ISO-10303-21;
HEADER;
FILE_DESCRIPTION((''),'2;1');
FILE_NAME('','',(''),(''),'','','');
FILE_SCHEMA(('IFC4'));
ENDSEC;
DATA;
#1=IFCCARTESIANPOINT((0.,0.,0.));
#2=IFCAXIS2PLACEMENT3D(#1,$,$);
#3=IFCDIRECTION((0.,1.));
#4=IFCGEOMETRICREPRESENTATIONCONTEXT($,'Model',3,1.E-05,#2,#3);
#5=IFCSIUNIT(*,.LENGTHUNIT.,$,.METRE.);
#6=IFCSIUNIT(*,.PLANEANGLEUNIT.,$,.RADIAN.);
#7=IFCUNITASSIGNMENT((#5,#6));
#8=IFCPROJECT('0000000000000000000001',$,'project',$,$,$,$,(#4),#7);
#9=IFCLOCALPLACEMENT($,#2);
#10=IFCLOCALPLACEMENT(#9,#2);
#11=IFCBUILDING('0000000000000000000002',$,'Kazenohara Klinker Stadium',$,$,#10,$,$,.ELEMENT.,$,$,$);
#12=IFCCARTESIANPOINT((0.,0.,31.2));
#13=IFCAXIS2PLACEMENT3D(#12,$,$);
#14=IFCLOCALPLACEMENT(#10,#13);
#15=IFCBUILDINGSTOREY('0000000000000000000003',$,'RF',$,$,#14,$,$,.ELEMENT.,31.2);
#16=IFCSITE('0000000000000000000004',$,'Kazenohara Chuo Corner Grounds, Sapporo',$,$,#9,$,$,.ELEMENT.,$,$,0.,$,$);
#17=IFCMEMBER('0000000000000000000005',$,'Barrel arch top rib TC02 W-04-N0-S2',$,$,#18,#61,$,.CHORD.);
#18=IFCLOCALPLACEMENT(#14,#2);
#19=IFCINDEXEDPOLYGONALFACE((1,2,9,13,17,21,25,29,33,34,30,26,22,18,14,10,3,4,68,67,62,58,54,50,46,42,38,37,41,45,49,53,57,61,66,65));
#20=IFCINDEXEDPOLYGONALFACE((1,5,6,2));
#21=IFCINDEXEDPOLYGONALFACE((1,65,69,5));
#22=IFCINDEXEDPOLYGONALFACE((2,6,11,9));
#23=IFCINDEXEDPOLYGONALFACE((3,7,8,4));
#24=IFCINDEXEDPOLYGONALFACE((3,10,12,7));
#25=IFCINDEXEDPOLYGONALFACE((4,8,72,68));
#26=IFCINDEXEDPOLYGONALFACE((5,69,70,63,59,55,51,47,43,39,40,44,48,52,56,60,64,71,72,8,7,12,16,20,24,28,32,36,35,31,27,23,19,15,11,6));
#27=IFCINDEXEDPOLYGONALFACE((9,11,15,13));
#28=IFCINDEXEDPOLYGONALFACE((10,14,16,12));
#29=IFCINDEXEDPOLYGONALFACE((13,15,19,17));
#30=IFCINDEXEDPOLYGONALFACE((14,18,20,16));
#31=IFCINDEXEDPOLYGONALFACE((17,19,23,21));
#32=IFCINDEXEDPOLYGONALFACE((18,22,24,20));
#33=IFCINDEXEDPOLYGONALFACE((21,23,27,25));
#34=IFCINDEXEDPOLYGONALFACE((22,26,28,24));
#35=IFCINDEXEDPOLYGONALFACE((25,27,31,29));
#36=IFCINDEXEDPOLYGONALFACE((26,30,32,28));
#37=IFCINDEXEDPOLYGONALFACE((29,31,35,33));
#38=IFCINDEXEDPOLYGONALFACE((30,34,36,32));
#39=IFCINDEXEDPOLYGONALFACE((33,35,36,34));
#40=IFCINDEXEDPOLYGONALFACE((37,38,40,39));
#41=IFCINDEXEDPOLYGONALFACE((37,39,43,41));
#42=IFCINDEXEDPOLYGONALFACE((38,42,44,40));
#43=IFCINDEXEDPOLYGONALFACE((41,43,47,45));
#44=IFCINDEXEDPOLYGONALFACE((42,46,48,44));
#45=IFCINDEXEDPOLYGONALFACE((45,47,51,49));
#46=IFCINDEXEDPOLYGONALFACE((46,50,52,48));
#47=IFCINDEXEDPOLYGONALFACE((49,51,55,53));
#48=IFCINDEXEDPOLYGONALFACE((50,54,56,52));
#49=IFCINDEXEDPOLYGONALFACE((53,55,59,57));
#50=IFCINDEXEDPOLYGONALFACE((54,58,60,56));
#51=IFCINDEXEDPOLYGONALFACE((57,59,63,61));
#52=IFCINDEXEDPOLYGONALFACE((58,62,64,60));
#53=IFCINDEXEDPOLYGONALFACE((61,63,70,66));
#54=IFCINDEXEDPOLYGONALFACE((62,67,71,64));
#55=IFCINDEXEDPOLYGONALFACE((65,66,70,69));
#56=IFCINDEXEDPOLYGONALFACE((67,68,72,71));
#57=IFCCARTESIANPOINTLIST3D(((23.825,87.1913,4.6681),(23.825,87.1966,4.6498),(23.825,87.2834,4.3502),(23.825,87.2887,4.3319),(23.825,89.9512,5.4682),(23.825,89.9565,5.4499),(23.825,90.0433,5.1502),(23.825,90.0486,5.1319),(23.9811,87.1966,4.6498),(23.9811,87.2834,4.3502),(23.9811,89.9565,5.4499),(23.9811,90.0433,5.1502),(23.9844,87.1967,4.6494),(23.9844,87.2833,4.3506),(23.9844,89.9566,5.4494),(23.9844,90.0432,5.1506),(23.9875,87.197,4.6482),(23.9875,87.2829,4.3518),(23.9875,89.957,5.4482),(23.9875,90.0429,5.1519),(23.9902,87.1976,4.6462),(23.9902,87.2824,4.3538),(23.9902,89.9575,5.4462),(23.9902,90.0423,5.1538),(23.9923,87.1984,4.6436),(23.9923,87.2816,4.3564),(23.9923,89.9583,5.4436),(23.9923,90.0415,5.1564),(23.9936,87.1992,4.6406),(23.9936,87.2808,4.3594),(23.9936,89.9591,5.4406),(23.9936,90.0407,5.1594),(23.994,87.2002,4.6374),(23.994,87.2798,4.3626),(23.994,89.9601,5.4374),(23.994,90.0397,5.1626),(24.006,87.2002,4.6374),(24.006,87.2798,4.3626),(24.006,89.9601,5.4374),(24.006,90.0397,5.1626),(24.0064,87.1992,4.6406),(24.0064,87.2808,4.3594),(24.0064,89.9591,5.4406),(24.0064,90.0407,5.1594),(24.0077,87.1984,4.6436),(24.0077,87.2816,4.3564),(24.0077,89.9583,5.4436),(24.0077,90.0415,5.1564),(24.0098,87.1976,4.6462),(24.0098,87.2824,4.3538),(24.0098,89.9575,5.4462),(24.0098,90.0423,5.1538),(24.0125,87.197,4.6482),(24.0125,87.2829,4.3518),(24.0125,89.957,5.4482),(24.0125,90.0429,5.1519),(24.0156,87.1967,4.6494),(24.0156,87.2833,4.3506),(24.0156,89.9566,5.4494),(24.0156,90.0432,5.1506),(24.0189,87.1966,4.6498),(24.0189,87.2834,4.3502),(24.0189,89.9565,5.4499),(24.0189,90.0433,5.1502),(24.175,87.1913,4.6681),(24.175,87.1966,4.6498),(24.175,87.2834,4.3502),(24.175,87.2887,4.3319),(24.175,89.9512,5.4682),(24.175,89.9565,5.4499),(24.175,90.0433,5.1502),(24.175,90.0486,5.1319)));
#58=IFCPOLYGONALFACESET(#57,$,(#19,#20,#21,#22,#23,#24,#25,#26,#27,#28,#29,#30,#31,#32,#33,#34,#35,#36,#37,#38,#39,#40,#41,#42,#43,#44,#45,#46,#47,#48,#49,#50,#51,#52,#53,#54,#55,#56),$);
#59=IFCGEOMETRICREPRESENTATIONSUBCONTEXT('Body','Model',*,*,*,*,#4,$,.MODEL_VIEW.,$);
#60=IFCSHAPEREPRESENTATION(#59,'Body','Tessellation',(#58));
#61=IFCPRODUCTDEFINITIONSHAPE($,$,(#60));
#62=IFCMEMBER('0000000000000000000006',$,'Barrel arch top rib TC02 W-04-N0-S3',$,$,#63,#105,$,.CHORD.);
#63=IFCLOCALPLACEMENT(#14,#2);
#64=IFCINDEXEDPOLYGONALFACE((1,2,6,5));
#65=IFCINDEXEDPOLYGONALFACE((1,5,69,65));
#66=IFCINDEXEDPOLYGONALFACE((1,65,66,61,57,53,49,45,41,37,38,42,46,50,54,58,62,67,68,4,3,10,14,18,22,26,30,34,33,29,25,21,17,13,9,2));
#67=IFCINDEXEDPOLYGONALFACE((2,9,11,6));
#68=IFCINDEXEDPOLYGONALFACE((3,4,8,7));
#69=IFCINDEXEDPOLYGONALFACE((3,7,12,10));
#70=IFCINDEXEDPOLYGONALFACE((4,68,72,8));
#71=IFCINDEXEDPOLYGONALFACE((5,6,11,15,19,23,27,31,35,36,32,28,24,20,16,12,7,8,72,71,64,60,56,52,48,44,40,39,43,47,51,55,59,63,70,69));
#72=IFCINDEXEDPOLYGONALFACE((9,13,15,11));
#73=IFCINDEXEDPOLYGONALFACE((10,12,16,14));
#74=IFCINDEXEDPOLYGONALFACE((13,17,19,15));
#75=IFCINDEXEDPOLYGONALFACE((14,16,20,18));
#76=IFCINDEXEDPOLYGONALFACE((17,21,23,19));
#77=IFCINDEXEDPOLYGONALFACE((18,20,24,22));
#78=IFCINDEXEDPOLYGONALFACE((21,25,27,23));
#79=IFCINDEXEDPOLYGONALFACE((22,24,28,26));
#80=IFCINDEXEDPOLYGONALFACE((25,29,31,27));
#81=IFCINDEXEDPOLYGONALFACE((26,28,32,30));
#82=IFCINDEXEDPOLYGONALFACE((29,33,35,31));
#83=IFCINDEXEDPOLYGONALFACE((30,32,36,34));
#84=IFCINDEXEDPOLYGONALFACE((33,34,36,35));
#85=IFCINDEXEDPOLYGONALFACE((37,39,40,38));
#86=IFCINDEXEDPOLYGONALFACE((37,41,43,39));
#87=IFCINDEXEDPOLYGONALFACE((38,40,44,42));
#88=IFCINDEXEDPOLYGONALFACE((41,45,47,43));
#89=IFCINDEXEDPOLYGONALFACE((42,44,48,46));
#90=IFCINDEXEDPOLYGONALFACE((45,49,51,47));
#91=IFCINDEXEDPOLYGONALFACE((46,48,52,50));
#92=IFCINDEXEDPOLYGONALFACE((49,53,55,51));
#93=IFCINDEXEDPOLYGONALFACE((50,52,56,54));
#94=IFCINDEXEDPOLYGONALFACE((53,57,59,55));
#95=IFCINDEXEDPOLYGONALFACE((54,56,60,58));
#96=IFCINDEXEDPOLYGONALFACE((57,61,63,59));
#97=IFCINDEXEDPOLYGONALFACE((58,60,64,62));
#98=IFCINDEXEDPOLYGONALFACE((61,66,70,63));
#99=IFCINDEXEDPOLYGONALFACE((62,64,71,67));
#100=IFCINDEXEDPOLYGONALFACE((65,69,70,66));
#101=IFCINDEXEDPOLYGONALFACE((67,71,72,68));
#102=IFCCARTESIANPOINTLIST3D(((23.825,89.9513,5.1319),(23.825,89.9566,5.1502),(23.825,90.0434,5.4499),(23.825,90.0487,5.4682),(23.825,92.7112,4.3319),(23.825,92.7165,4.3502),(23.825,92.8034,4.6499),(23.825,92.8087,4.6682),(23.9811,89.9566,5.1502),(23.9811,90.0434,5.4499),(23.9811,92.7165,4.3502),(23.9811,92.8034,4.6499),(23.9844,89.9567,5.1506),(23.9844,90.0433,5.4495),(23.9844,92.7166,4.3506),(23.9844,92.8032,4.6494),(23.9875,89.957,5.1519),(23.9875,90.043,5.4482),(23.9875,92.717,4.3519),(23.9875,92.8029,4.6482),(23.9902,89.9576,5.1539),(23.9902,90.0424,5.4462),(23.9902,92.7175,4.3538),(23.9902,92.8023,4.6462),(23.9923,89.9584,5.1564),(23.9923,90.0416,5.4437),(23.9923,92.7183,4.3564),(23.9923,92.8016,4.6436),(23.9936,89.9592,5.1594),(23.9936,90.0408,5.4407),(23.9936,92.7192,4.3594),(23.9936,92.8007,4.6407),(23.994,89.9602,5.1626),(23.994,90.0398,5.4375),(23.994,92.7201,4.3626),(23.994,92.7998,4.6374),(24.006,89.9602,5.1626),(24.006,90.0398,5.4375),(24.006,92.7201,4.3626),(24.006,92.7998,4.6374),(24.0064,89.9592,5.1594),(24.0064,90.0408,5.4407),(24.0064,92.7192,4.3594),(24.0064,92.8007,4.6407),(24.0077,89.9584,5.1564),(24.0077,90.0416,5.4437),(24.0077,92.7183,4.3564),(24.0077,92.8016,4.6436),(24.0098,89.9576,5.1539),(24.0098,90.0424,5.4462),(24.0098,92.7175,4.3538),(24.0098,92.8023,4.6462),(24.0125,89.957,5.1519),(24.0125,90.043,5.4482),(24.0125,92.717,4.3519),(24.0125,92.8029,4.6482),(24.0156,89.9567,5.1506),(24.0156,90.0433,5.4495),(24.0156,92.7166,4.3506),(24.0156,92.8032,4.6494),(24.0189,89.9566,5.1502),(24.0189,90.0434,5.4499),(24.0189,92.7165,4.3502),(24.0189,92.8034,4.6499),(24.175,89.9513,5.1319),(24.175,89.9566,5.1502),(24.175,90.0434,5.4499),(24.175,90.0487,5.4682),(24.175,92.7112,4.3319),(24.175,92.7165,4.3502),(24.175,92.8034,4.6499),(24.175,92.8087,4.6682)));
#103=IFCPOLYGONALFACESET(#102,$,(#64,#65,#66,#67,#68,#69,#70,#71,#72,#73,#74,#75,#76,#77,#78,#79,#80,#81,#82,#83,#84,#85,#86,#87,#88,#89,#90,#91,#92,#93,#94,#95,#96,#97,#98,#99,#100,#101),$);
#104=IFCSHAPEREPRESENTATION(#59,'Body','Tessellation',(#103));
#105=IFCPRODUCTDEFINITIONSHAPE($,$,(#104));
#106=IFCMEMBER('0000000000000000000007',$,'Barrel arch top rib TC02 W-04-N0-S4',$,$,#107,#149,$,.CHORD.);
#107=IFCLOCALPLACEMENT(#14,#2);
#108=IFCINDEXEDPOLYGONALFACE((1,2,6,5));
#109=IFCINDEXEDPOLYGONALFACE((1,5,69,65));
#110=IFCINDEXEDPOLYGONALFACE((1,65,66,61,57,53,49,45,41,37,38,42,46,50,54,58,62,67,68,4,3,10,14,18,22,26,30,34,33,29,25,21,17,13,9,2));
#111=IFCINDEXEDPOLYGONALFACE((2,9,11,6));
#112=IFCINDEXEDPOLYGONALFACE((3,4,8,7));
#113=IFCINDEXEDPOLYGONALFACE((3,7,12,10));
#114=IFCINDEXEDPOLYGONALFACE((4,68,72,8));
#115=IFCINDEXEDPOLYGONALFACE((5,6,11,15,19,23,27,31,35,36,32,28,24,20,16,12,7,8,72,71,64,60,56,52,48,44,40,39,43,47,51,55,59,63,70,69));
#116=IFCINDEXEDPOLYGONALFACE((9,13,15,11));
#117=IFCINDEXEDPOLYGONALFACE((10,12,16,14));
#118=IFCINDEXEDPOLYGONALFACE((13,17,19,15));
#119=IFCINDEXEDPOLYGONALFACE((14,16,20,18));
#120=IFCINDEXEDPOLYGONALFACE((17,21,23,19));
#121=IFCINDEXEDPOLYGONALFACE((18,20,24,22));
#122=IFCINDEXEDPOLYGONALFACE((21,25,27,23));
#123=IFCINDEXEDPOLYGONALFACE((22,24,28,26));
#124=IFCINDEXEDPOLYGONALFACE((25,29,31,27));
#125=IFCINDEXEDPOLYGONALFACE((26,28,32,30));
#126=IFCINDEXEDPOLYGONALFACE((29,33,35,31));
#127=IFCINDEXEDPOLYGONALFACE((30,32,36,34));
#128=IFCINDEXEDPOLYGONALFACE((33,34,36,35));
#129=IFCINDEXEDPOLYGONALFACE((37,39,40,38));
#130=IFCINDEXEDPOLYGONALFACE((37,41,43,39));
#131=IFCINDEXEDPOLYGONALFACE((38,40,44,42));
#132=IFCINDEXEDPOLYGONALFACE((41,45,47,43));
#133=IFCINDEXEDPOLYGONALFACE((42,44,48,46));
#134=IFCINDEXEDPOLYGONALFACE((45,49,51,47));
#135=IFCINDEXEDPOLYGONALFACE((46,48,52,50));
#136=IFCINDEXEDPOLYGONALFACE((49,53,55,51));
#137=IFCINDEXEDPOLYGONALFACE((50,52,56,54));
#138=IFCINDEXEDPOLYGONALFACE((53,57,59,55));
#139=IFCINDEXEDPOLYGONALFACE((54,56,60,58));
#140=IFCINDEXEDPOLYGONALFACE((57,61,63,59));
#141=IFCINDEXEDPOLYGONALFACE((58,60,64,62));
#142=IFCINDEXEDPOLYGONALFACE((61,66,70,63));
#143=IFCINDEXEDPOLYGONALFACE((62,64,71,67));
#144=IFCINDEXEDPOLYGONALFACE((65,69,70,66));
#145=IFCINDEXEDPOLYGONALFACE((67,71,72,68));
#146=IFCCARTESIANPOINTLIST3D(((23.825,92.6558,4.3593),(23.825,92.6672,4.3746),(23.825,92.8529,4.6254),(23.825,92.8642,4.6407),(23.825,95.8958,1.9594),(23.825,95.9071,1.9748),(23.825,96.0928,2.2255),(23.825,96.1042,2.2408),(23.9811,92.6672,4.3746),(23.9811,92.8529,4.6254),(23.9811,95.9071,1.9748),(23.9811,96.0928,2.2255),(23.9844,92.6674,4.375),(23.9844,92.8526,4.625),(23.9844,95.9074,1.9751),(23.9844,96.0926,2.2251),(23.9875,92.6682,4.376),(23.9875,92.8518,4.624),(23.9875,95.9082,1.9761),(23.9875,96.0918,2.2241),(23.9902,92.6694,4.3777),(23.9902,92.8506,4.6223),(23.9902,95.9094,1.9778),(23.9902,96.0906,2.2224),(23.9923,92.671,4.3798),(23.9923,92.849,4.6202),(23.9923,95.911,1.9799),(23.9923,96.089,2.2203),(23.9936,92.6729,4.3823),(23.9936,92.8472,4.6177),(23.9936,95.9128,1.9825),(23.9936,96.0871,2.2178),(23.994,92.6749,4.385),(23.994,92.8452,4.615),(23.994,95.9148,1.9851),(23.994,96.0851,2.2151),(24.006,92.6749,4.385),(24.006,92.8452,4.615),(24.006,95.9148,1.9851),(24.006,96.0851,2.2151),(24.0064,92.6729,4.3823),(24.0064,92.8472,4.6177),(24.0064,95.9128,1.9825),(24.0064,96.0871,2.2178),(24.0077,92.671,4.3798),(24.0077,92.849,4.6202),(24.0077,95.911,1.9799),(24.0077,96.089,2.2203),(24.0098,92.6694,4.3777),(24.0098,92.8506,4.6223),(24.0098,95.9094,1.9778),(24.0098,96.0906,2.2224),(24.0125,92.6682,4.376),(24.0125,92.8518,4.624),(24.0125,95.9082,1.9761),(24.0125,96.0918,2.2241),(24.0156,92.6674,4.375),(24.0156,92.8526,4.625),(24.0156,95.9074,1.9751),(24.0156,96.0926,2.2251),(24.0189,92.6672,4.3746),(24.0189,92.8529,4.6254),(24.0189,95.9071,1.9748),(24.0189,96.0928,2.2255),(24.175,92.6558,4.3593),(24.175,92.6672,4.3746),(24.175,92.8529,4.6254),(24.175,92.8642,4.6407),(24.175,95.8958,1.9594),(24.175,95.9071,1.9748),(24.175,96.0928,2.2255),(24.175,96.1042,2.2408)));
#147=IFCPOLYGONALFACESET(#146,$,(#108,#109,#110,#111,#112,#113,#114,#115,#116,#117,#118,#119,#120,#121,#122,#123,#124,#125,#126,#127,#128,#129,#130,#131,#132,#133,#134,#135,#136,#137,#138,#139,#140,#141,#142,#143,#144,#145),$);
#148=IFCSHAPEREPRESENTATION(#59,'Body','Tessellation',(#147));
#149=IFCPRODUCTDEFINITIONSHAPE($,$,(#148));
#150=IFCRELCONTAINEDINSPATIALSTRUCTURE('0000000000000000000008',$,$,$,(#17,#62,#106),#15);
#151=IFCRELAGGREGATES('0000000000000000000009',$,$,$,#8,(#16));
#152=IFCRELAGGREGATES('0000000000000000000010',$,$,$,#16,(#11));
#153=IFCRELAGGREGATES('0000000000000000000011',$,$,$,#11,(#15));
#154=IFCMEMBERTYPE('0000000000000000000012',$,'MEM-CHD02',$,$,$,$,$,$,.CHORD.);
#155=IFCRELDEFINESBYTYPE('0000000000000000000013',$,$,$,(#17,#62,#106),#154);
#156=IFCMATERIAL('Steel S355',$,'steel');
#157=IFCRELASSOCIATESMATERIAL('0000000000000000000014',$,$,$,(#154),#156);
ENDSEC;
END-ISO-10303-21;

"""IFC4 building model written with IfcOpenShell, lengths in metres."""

from ifc_helpers import new_model, si_unit, direction, frame, origin, origin_2d, place, context, subcontext, project, spatial, i_section, extrude, material, material_profile, profile_set, type_object, element, save


model = new_model("IFC4")

# Units and contexts
model_context = context("Model", 3, precision=1e-05, world=origin(), true_north=direction((0.0, 1.0)))
body_context = subcontext(model_context, "Body", "Model", "MODEL_VIEW")
ifc_project = project(units=[si_unit("LENGTHUNIT", "METRE"), si_unit("PLANEANGLEUNIT", "RADIAN")], contexts=[model_context])

# Site, building, storey
site_placement = place(None, origin())
site = spatial("IfcSite", under=ifc_project, at=site_placement, Name="Kazenohara Chuo Corner Grounds, Sapporo", CompositionType="ELEMENT", RefElevation=0.0)
building_placement = place(site_placement, origin())
building = spatial("IfcBuilding", under=site, at=building_placement, Name="Kazenohara Klinker Stadium", CompositionType="ELEMENT")
storey_placement = place(building_placement, frame((0.0, 0.0, 31.2)))
storey = spatial("IfcBuildingStorey", under=building, at=storey_placement, Name="RF", CompositionType="ELEMENT", Elevation=31.2)

# Members
ifc_material_1 = material(Name="Steel S355", Category="steel")
ifc_material_profile_1 = material_profile(ifc_material_1, i_section(OverallWidth=0.3501, OverallDepth=0.3501, WebThickness=0.012, FlangeThickness=0.019, FilletRadius=0.0129, at=origin_2d()), Name="H-350x350x12x19")
ifc_profile_set_1 = profile_set([ifc_material_profile_1], Name="Steel S355")
member_type_1 = type_object("IfcMemberType", Name="MEM-CHD02", PredefinedType="CHORD", material=ifc_profile_set_1)
for number, where, z_axis, x_axis, name in (
    (1, (24.0, 87.24, 4.5), (0.0, 0.960462, 0.278411), (-1.0, 0.0, 0.0), "Barrel arch top rib TC02 W-04-N0-S2"),
    (2, (24.0, 90.0, 5.3), (0.0, 0.960462, -0.278411), (-1.0, 0.0, 0.0), "Barrel arch top rib TC02 W-04-N0-S3"),
):
    element("IfcMember", number, at=place(storey_placement, frame(where, z_axis=z_axis, x_axis=x_axis)), inside=storey, type_object=member_type_1, Name=name, PredefinedType="CHORD", context=body_context, shape_type="SweptSolid", body=[
        extrude(i_section(OverallWidth=0.3501, OverallDepth=0.3501, WebThickness=0.012, FlangeThickness=0.019, FilletRadius=0.0129, at=origin_2d()), origin(), (0.0, 0.0, 1.0), 2.8735),
    ])
member_1_placement = place(storey_placement, frame((24.0, 92.76, 4.5), z_axis=(0.0, 0.803568, -0.595213), x_axis=(-1.0, 0.0, 0.0)))
element("IfcMember", 3, at=member_1_placement, inside=storey, type_object=member_type_1, Name="Barrel arch top rib TC02 W-04-N0-S4", PredefinedType="CHORD", context=body_context, shape_type="SweptSolid", body=[
    extrude(i_section(OverallWidth=0.3501, OverallDepth=0.3501, WebThickness=0.012, FlangeThickness=0.019, FilletRadius=0.0129, at=origin_2d()), origin(), (0.0, 0.0, 1.0), 4.032),
])

save(model, "model.ifc")
